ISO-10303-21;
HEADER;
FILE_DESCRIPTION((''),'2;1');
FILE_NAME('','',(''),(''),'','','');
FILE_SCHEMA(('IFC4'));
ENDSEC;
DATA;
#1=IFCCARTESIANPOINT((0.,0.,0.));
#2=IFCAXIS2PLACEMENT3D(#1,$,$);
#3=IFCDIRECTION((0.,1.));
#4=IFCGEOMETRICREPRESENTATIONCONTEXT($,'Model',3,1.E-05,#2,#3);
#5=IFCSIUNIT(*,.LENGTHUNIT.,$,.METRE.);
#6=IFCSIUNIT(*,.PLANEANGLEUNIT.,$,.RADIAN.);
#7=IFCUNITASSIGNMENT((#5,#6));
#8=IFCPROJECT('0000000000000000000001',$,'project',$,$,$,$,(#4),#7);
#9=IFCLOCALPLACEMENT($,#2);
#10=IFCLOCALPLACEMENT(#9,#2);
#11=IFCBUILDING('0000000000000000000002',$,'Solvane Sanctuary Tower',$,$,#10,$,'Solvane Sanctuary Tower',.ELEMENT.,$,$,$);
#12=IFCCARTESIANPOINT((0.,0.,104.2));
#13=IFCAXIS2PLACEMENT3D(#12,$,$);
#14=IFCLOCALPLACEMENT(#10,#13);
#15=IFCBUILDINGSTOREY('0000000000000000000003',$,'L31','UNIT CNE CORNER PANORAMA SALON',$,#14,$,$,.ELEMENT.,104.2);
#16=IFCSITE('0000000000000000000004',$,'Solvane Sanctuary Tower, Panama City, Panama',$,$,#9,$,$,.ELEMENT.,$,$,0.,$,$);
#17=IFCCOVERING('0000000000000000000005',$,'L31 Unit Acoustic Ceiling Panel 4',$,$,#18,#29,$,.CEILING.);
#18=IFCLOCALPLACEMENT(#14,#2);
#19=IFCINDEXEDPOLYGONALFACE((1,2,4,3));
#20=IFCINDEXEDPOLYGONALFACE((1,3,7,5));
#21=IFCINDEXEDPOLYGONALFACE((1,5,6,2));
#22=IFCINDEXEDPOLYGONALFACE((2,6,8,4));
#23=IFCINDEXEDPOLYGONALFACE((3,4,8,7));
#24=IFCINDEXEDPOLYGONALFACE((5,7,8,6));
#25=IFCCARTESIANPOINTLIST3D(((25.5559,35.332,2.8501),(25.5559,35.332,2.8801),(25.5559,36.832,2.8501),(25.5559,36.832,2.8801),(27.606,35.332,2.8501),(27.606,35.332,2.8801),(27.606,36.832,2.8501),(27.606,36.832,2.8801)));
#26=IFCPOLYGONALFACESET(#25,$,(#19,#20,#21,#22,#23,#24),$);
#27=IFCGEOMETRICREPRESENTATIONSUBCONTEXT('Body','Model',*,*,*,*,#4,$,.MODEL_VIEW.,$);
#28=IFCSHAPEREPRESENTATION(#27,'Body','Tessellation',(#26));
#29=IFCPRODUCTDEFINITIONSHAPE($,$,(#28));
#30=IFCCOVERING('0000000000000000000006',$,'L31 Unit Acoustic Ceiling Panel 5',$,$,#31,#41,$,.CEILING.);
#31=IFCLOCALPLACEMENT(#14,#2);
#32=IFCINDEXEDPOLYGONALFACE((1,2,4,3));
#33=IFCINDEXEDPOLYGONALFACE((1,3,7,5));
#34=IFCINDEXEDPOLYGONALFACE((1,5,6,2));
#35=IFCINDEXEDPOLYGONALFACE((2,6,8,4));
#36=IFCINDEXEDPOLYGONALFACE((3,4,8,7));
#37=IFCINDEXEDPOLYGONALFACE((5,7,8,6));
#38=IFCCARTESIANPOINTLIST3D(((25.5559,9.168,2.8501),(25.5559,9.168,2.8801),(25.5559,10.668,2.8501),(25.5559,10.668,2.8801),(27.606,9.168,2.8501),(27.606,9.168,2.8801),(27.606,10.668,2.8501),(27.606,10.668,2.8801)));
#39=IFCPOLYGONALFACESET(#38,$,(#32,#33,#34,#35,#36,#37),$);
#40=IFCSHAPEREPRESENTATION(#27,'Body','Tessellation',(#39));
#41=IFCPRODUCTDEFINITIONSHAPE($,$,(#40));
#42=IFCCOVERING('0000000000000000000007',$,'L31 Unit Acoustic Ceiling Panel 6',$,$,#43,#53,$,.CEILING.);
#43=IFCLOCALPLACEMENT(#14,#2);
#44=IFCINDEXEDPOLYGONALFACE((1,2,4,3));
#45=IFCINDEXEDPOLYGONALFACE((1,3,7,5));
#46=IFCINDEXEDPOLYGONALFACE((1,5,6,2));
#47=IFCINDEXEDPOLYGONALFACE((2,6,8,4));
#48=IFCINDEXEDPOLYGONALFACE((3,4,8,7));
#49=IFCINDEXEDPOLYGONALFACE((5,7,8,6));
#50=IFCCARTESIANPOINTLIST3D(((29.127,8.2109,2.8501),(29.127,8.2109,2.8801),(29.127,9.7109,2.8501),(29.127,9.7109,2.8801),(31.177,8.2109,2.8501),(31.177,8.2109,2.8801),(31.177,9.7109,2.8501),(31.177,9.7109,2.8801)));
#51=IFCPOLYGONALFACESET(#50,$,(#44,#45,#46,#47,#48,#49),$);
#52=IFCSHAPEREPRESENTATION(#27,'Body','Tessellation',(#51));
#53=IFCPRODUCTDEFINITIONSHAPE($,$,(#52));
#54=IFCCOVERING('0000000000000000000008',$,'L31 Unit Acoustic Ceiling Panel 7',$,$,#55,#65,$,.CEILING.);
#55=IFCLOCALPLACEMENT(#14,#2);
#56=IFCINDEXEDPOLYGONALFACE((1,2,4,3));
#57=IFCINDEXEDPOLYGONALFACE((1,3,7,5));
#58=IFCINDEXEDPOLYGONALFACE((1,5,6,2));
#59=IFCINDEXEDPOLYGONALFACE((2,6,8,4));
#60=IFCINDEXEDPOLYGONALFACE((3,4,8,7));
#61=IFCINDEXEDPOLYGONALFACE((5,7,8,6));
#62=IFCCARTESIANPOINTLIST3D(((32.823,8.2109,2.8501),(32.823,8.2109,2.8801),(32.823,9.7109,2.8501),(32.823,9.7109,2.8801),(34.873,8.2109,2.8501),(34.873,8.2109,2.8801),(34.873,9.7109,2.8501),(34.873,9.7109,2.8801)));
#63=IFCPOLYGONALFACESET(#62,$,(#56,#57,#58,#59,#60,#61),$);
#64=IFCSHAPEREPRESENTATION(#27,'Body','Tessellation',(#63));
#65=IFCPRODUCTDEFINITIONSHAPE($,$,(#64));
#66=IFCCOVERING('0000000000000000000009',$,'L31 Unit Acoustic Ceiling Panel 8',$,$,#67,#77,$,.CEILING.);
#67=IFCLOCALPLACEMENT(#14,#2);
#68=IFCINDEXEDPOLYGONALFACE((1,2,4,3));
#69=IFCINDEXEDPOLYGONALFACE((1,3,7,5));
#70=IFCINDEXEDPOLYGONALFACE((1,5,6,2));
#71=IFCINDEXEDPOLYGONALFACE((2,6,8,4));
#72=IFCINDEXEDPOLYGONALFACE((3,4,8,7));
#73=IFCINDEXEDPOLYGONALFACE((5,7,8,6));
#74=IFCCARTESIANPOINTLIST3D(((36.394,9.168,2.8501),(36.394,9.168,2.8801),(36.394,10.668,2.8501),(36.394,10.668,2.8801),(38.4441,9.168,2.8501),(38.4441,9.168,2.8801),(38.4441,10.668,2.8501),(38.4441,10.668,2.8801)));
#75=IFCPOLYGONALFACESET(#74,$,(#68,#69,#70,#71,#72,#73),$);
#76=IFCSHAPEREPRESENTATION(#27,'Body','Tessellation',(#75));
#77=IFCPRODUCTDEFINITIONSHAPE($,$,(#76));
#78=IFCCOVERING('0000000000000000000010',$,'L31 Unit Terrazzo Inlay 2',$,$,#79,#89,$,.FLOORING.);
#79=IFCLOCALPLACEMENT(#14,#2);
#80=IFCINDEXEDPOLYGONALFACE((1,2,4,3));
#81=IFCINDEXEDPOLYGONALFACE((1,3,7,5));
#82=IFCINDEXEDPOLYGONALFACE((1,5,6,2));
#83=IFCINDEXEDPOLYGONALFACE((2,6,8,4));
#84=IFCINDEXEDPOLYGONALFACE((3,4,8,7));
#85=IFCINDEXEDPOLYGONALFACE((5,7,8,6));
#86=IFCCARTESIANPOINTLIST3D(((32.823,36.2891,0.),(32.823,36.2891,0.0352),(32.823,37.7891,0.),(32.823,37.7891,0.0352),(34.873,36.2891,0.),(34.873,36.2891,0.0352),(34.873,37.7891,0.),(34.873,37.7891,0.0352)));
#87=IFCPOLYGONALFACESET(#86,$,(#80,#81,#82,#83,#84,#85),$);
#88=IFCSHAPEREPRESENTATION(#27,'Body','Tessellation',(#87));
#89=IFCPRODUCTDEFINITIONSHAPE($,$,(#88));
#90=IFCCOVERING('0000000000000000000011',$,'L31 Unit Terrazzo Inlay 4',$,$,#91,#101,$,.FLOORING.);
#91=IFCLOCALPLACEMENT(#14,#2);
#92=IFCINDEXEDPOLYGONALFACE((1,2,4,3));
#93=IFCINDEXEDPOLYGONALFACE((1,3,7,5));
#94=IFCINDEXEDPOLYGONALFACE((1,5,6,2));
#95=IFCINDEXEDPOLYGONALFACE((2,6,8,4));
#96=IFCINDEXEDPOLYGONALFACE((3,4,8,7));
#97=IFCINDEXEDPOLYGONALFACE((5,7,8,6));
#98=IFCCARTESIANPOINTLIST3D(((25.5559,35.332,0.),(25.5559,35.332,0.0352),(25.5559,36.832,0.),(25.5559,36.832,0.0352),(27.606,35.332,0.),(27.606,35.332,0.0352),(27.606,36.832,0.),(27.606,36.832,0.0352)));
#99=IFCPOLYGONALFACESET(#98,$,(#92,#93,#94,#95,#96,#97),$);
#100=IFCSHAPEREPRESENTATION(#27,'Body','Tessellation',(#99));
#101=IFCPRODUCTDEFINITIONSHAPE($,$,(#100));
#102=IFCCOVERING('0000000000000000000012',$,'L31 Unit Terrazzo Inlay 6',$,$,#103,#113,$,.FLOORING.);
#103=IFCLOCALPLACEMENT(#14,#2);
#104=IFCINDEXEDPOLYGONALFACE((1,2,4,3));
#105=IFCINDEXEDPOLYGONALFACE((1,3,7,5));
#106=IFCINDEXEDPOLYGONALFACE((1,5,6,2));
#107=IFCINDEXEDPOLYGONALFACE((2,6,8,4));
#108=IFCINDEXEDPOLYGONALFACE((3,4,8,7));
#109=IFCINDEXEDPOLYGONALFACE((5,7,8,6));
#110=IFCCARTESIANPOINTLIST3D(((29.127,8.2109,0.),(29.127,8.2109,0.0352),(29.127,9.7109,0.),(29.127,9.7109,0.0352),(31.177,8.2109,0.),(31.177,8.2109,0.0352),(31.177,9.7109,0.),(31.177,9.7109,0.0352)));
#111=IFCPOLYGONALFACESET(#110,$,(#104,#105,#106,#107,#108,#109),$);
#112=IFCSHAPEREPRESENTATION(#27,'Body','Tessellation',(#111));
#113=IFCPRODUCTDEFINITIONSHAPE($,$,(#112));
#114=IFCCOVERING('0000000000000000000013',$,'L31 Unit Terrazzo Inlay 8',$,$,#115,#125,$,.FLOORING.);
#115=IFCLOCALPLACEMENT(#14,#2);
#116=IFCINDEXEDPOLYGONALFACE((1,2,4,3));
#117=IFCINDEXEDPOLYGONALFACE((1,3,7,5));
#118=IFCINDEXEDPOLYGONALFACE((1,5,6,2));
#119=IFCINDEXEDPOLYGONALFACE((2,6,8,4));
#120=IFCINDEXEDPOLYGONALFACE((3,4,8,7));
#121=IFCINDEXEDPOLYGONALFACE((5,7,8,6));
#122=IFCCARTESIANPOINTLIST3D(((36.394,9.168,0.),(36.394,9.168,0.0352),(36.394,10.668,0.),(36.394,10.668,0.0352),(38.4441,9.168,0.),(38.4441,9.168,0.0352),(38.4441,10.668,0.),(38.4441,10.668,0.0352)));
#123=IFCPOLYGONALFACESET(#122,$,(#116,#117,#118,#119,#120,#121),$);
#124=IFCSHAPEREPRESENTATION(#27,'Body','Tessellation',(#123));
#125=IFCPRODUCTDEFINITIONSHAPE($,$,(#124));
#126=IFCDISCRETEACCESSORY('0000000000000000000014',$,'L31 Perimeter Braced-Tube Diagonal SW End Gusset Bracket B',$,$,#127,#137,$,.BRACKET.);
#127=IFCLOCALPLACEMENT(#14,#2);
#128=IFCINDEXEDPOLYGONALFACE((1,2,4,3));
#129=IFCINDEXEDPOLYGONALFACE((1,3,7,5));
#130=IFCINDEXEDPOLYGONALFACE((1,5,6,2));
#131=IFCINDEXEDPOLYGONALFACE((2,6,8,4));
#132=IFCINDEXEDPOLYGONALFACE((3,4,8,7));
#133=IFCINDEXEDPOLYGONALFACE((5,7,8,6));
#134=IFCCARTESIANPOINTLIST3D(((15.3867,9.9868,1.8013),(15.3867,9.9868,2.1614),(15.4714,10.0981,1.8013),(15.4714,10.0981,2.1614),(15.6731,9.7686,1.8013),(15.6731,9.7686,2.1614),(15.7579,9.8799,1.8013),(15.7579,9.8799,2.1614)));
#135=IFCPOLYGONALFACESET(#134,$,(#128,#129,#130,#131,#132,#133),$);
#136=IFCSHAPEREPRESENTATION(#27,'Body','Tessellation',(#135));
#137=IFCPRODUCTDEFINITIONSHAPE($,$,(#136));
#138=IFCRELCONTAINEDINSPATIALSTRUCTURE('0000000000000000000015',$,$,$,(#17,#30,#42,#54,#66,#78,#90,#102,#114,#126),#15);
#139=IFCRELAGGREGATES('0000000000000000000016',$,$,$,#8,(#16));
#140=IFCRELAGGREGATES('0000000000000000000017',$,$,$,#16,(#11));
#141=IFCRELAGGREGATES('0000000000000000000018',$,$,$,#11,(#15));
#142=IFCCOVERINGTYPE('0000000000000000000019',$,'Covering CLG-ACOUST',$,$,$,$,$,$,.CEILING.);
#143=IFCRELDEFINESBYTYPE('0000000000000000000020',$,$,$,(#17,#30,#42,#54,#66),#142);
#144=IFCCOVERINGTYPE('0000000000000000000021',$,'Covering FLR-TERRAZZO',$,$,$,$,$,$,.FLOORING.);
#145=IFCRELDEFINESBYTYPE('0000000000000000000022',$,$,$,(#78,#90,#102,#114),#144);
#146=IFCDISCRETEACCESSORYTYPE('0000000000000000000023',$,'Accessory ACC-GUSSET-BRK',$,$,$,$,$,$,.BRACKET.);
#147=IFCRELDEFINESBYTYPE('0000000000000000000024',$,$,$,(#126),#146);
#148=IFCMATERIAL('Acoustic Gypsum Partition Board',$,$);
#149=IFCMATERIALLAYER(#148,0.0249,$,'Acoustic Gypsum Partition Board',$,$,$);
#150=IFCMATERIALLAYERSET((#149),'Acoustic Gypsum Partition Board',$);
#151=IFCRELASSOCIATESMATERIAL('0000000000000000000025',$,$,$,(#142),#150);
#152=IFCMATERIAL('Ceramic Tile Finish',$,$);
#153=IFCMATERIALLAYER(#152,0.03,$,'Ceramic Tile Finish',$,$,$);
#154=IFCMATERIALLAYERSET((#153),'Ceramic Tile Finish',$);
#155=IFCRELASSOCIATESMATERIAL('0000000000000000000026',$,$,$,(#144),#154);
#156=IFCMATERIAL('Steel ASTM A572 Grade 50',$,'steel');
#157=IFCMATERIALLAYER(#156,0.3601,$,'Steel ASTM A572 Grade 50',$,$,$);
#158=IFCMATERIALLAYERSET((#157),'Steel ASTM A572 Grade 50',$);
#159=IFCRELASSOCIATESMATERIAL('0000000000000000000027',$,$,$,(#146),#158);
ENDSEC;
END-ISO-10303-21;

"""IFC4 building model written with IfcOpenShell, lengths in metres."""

from ifc_helpers import new_model, si_unit, direction, frame, origin, origin_2d, place, context, subcontext, project, spatial, polyline, rectangle, outline, extrude, material, layer, layer_set, type_object, element, save


model = new_model("IFC4")

# Units and contexts
model_context = context("Model", 3, precision=1e-05, world=origin(), true_north=direction((0.0, 1.0)))
body_context = subcontext(model_context, "Body", "Model", "MODEL_VIEW")
ifc_project = project(units=[si_unit("LENGTHUNIT", "METRE"), si_unit("PLANEANGLEUNIT", "RADIAN")], contexts=[model_context])

# Site, building, storey
site_placement = place(None, origin())
site = spatial("IfcSite", under=ifc_project, at=site_placement, Name="Solvane Sanctuary Tower, Panama City, Panama", CompositionType="ELEMENT", RefElevation=0.0)
building_placement = place(site_placement, origin())
building = spatial("IfcBuilding", under=site, at=building_placement, Name="Solvane Sanctuary Tower", LongName="Solvane Sanctuary Tower", CompositionType="ELEMENT")
storey_placement = place(building_placement, frame((0.0, 0.0, 104.2)))
storey = spatial("IfcBuildingStorey", under=building, at=storey_placement, Name="L31", Description="UNIT CNE CORNER PANORAMA SALON", CompositionType="ELEMENT", Elevation=104.2)

# Coverings
ifc_material_1 = material(Name="Acoustic Gypsum Partition Board")
ifc_layer_1 = layer(ifc_material_1, 0.0249, Name="Acoustic Gypsum Partition Board")
ifc_layer_set_1 = layer_set([ifc_layer_1], Name="Acoustic Gypsum Partition Board")
covering_type_1 = type_object("IfcCoveringType", Name="Covering CLG-ACOUST", PredefinedType="CEILING", material=ifc_layer_set_1)
covering_1_placement = place(storey_placement, frame((0.0, 0.0, 2.8501)))
element("IfcCovering", 1, at=covering_1_placement, inside=storey, type_object=covering_type_1, Name="L31 Unit Acoustic Ceiling Panel 4", PredefinedType="CEILING", context=body_context, shape_type="SweptSolid", body=[
    extrude(outline(polyline([(25.5559, 35.332), (27.606, 35.332), (27.606, 36.832), (25.5559, 36.832), (25.5559, 35.332)])), origin(), (0.0, 0.0, 1.0), 0.03),
])
covering_2_placement = place(storey_placement, frame((0.0, 0.0, 2.8501)))
element("IfcCovering", 2, at=covering_2_placement, inside=storey, type_object=covering_type_1, Name="L31 Unit Acoustic Ceiling Panel 5", PredefinedType="CEILING", context=body_context, shape_type="SweptSolid", body=[
    extrude(outline(polyline([(25.5559, 9.168), (27.606, 9.168), (27.606, 10.668), (25.5559, 10.668), (25.5559, 9.168)])), origin(), (0.0, 0.0, 1.0), 0.03),
])
covering_3_placement = place(storey_placement, frame((0.0, 0.0, 2.8501)))
element("IfcCovering", 3, at=covering_3_placement, inside=storey, type_object=covering_type_1, Name="L31 Unit Acoustic Ceiling Panel 6", PredefinedType="CEILING", context=body_context, shape_type="SweptSolid", body=[
    extrude(outline(polyline([(29.127, 8.2109), (31.177, 8.2109), (31.177, 9.7109), (29.127, 9.7109), (29.127, 8.2109)])), origin(), (0.0, 0.0, 1.0), 0.03),
])
covering_4_placement = place(storey_placement, frame((0.0, 0.0, 2.8501)))
element("IfcCovering", 4, at=covering_4_placement, inside=storey, type_object=covering_type_1, Name="L31 Unit Acoustic Ceiling Panel 7", PredefinedType="CEILING", context=body_context, shape_type="SweptSolid", body=[
    extrude(outline(polyline([(32.823, 8.2109), (34.873, 8.2109), (34.873, 9.7109), (32.823, 9.7109), (32.823, 8.2109)])), origin(), (0.0, 0.0, 1.0), 0.03),
])
covering_5_placement = place(storey_placement, frame((0.0, 0.0, 2.8501)))
element("IfcCovering", 5, at=covering_5_placement, inside=storey, type_object=covering_type_1, Name="L31 Unit Acoustic Ceiling Panel 8", PredefinedType="CEILING", context=body_context, shape_type="SweptSolid", body=[
    extrude(outline(polyline([(36.394, 9.168), (38.4441, 9.168), (38.4441, 10.668), (36.394, 10.668), (36.394, 9.168)])), origin(), (0.0, 0.0, 1.0), 0.03),
])
ifc_material_2 = material(Name="Ceramic Tile Finish")
ifc_layer_2 = layer(ifc_material_2, 0.03, Name="Ceramic Tile Finish")
ifc_layer_set_2 = layer_set([ifc_layer_2], Name="Ceramic Tile Finish")
covering_type_2 = type_object("IfcCoveringType", Name="Covering FLR-TERRAZZO", PredefinedType="FLOORING", material=ifc_layer_set_2)
covering_6_placement = place(storey_placement, origin())
element("IfcCovering", 6, at=covering_6_placement, inside=storey, type_object=covering_type_2, Name="L31 Unit Terrazzo Inlay 2", PredefinedType="FLOORING", context=body_context, shape_type="SweptSolid", body=[
    extrude(outline(polyline([(32.823, 36.2891), (34.873, 36.2891), (34.873, 37.7891), (32.823, 37.7891), (32.823, 36.2891)])), origin(), (0.0, 0.0, 1.0), 0.0352),
])
covering_7_placement = place(storey_placement, origin())
element("IfcCovering", 7, at=covering_7_placement, inside=storey, type_object=covering_type_2, Name="L31 Unit Terrazzo Inlay 4", PredefinedType="FLOORING", context=body_context, shape_type="SweptSolid", body=[
    extrude(outline(polyline([(25.5559, 35.332), (27.606, 35.332), (27.606, 36.832), (25.5559, 36.832), (25.5559, 35.332)])), origin(), (0.0, 0.0, 1.0), 0.0352),
])
covering_8_placement = place(storey_placement, origin())
element("IfcCovering", 8, at=covering_8_placement, inside=storey, type_object=covering_type_2, Name="L31 Unit Terrazzo Inlay 6", PredefinedType="FLOORING", context=body_context, shape_type="SweptSolid", body=[
    extrude(outline(polyline([(29.127, 8.2109), (31.177, 8.2109), (31.177, 9.7109), (29.127, 9.7109), (29.127, 8.2109)])), origin(), (0.0, 0.0, 1.0), 0.0352),
])
covering_9_placement = place(storey_placement, origin())
element("IfcCovering", 9, at=covering_9_placement, inside=storey, type_object=covering_type_2, Name="L31 Unit Terrazzo Inlay 8", PredefinedType="FLOORING", context=body_context, shape_type="SweptSolid", body=[
    extrude(outline(polyline([(36.394, 9.168), (38.4441, 9.168), (38.4441, 10.668), (36.394, 10.668), (36.394, 9.168)])), origin(), (0.0, 0.0, 1.0), 0.0352),
])

# Discrete accessory
ifc_material_3 = material(Name="Steel ASTM A572 Grade 50", Category="steel")
ifc_layer_3 = layer(ifc_material_3, 0.3601, Name="Steel ASTM A572 Grade 50")
ifc_layer_set_3 = layer_set([ifc_layer_3], Name="Steel ASTM A572 Grade 50")
discrete_accessory_type = type_object("IfcDiscreteAccessoryType", Name="Accessory ACC-GUSSET-BRK", PredefinedType="BRACKET", material=ifc_layer_set_3)
discrete_accessory_placement = place(storey_placement, frame((15.5723, 9.9333, 1.8013), z_axis=(0.0, 0.0, 1.0), x_axis=(-0.795473, 0.605988, 0.0)))
element("IfcDiscreteAccessory", 10, at=discrete_accessory_placement, inside=storey, type_object=discrete_accessory_type, Name="L31 Perimeter Braced-Tube Diagonal SW End Gusset Bracket B", PredefinedType="BRACKET", context=body_context, shape_type="SweptSolid", body=[
    extrude(rectangle(XDim=0.3601, YDim=0.1399, at=origin_2d()), origin(), (0.0, 0.0, 1.0), 0.3601),
])

save(model, "model.ifc")
